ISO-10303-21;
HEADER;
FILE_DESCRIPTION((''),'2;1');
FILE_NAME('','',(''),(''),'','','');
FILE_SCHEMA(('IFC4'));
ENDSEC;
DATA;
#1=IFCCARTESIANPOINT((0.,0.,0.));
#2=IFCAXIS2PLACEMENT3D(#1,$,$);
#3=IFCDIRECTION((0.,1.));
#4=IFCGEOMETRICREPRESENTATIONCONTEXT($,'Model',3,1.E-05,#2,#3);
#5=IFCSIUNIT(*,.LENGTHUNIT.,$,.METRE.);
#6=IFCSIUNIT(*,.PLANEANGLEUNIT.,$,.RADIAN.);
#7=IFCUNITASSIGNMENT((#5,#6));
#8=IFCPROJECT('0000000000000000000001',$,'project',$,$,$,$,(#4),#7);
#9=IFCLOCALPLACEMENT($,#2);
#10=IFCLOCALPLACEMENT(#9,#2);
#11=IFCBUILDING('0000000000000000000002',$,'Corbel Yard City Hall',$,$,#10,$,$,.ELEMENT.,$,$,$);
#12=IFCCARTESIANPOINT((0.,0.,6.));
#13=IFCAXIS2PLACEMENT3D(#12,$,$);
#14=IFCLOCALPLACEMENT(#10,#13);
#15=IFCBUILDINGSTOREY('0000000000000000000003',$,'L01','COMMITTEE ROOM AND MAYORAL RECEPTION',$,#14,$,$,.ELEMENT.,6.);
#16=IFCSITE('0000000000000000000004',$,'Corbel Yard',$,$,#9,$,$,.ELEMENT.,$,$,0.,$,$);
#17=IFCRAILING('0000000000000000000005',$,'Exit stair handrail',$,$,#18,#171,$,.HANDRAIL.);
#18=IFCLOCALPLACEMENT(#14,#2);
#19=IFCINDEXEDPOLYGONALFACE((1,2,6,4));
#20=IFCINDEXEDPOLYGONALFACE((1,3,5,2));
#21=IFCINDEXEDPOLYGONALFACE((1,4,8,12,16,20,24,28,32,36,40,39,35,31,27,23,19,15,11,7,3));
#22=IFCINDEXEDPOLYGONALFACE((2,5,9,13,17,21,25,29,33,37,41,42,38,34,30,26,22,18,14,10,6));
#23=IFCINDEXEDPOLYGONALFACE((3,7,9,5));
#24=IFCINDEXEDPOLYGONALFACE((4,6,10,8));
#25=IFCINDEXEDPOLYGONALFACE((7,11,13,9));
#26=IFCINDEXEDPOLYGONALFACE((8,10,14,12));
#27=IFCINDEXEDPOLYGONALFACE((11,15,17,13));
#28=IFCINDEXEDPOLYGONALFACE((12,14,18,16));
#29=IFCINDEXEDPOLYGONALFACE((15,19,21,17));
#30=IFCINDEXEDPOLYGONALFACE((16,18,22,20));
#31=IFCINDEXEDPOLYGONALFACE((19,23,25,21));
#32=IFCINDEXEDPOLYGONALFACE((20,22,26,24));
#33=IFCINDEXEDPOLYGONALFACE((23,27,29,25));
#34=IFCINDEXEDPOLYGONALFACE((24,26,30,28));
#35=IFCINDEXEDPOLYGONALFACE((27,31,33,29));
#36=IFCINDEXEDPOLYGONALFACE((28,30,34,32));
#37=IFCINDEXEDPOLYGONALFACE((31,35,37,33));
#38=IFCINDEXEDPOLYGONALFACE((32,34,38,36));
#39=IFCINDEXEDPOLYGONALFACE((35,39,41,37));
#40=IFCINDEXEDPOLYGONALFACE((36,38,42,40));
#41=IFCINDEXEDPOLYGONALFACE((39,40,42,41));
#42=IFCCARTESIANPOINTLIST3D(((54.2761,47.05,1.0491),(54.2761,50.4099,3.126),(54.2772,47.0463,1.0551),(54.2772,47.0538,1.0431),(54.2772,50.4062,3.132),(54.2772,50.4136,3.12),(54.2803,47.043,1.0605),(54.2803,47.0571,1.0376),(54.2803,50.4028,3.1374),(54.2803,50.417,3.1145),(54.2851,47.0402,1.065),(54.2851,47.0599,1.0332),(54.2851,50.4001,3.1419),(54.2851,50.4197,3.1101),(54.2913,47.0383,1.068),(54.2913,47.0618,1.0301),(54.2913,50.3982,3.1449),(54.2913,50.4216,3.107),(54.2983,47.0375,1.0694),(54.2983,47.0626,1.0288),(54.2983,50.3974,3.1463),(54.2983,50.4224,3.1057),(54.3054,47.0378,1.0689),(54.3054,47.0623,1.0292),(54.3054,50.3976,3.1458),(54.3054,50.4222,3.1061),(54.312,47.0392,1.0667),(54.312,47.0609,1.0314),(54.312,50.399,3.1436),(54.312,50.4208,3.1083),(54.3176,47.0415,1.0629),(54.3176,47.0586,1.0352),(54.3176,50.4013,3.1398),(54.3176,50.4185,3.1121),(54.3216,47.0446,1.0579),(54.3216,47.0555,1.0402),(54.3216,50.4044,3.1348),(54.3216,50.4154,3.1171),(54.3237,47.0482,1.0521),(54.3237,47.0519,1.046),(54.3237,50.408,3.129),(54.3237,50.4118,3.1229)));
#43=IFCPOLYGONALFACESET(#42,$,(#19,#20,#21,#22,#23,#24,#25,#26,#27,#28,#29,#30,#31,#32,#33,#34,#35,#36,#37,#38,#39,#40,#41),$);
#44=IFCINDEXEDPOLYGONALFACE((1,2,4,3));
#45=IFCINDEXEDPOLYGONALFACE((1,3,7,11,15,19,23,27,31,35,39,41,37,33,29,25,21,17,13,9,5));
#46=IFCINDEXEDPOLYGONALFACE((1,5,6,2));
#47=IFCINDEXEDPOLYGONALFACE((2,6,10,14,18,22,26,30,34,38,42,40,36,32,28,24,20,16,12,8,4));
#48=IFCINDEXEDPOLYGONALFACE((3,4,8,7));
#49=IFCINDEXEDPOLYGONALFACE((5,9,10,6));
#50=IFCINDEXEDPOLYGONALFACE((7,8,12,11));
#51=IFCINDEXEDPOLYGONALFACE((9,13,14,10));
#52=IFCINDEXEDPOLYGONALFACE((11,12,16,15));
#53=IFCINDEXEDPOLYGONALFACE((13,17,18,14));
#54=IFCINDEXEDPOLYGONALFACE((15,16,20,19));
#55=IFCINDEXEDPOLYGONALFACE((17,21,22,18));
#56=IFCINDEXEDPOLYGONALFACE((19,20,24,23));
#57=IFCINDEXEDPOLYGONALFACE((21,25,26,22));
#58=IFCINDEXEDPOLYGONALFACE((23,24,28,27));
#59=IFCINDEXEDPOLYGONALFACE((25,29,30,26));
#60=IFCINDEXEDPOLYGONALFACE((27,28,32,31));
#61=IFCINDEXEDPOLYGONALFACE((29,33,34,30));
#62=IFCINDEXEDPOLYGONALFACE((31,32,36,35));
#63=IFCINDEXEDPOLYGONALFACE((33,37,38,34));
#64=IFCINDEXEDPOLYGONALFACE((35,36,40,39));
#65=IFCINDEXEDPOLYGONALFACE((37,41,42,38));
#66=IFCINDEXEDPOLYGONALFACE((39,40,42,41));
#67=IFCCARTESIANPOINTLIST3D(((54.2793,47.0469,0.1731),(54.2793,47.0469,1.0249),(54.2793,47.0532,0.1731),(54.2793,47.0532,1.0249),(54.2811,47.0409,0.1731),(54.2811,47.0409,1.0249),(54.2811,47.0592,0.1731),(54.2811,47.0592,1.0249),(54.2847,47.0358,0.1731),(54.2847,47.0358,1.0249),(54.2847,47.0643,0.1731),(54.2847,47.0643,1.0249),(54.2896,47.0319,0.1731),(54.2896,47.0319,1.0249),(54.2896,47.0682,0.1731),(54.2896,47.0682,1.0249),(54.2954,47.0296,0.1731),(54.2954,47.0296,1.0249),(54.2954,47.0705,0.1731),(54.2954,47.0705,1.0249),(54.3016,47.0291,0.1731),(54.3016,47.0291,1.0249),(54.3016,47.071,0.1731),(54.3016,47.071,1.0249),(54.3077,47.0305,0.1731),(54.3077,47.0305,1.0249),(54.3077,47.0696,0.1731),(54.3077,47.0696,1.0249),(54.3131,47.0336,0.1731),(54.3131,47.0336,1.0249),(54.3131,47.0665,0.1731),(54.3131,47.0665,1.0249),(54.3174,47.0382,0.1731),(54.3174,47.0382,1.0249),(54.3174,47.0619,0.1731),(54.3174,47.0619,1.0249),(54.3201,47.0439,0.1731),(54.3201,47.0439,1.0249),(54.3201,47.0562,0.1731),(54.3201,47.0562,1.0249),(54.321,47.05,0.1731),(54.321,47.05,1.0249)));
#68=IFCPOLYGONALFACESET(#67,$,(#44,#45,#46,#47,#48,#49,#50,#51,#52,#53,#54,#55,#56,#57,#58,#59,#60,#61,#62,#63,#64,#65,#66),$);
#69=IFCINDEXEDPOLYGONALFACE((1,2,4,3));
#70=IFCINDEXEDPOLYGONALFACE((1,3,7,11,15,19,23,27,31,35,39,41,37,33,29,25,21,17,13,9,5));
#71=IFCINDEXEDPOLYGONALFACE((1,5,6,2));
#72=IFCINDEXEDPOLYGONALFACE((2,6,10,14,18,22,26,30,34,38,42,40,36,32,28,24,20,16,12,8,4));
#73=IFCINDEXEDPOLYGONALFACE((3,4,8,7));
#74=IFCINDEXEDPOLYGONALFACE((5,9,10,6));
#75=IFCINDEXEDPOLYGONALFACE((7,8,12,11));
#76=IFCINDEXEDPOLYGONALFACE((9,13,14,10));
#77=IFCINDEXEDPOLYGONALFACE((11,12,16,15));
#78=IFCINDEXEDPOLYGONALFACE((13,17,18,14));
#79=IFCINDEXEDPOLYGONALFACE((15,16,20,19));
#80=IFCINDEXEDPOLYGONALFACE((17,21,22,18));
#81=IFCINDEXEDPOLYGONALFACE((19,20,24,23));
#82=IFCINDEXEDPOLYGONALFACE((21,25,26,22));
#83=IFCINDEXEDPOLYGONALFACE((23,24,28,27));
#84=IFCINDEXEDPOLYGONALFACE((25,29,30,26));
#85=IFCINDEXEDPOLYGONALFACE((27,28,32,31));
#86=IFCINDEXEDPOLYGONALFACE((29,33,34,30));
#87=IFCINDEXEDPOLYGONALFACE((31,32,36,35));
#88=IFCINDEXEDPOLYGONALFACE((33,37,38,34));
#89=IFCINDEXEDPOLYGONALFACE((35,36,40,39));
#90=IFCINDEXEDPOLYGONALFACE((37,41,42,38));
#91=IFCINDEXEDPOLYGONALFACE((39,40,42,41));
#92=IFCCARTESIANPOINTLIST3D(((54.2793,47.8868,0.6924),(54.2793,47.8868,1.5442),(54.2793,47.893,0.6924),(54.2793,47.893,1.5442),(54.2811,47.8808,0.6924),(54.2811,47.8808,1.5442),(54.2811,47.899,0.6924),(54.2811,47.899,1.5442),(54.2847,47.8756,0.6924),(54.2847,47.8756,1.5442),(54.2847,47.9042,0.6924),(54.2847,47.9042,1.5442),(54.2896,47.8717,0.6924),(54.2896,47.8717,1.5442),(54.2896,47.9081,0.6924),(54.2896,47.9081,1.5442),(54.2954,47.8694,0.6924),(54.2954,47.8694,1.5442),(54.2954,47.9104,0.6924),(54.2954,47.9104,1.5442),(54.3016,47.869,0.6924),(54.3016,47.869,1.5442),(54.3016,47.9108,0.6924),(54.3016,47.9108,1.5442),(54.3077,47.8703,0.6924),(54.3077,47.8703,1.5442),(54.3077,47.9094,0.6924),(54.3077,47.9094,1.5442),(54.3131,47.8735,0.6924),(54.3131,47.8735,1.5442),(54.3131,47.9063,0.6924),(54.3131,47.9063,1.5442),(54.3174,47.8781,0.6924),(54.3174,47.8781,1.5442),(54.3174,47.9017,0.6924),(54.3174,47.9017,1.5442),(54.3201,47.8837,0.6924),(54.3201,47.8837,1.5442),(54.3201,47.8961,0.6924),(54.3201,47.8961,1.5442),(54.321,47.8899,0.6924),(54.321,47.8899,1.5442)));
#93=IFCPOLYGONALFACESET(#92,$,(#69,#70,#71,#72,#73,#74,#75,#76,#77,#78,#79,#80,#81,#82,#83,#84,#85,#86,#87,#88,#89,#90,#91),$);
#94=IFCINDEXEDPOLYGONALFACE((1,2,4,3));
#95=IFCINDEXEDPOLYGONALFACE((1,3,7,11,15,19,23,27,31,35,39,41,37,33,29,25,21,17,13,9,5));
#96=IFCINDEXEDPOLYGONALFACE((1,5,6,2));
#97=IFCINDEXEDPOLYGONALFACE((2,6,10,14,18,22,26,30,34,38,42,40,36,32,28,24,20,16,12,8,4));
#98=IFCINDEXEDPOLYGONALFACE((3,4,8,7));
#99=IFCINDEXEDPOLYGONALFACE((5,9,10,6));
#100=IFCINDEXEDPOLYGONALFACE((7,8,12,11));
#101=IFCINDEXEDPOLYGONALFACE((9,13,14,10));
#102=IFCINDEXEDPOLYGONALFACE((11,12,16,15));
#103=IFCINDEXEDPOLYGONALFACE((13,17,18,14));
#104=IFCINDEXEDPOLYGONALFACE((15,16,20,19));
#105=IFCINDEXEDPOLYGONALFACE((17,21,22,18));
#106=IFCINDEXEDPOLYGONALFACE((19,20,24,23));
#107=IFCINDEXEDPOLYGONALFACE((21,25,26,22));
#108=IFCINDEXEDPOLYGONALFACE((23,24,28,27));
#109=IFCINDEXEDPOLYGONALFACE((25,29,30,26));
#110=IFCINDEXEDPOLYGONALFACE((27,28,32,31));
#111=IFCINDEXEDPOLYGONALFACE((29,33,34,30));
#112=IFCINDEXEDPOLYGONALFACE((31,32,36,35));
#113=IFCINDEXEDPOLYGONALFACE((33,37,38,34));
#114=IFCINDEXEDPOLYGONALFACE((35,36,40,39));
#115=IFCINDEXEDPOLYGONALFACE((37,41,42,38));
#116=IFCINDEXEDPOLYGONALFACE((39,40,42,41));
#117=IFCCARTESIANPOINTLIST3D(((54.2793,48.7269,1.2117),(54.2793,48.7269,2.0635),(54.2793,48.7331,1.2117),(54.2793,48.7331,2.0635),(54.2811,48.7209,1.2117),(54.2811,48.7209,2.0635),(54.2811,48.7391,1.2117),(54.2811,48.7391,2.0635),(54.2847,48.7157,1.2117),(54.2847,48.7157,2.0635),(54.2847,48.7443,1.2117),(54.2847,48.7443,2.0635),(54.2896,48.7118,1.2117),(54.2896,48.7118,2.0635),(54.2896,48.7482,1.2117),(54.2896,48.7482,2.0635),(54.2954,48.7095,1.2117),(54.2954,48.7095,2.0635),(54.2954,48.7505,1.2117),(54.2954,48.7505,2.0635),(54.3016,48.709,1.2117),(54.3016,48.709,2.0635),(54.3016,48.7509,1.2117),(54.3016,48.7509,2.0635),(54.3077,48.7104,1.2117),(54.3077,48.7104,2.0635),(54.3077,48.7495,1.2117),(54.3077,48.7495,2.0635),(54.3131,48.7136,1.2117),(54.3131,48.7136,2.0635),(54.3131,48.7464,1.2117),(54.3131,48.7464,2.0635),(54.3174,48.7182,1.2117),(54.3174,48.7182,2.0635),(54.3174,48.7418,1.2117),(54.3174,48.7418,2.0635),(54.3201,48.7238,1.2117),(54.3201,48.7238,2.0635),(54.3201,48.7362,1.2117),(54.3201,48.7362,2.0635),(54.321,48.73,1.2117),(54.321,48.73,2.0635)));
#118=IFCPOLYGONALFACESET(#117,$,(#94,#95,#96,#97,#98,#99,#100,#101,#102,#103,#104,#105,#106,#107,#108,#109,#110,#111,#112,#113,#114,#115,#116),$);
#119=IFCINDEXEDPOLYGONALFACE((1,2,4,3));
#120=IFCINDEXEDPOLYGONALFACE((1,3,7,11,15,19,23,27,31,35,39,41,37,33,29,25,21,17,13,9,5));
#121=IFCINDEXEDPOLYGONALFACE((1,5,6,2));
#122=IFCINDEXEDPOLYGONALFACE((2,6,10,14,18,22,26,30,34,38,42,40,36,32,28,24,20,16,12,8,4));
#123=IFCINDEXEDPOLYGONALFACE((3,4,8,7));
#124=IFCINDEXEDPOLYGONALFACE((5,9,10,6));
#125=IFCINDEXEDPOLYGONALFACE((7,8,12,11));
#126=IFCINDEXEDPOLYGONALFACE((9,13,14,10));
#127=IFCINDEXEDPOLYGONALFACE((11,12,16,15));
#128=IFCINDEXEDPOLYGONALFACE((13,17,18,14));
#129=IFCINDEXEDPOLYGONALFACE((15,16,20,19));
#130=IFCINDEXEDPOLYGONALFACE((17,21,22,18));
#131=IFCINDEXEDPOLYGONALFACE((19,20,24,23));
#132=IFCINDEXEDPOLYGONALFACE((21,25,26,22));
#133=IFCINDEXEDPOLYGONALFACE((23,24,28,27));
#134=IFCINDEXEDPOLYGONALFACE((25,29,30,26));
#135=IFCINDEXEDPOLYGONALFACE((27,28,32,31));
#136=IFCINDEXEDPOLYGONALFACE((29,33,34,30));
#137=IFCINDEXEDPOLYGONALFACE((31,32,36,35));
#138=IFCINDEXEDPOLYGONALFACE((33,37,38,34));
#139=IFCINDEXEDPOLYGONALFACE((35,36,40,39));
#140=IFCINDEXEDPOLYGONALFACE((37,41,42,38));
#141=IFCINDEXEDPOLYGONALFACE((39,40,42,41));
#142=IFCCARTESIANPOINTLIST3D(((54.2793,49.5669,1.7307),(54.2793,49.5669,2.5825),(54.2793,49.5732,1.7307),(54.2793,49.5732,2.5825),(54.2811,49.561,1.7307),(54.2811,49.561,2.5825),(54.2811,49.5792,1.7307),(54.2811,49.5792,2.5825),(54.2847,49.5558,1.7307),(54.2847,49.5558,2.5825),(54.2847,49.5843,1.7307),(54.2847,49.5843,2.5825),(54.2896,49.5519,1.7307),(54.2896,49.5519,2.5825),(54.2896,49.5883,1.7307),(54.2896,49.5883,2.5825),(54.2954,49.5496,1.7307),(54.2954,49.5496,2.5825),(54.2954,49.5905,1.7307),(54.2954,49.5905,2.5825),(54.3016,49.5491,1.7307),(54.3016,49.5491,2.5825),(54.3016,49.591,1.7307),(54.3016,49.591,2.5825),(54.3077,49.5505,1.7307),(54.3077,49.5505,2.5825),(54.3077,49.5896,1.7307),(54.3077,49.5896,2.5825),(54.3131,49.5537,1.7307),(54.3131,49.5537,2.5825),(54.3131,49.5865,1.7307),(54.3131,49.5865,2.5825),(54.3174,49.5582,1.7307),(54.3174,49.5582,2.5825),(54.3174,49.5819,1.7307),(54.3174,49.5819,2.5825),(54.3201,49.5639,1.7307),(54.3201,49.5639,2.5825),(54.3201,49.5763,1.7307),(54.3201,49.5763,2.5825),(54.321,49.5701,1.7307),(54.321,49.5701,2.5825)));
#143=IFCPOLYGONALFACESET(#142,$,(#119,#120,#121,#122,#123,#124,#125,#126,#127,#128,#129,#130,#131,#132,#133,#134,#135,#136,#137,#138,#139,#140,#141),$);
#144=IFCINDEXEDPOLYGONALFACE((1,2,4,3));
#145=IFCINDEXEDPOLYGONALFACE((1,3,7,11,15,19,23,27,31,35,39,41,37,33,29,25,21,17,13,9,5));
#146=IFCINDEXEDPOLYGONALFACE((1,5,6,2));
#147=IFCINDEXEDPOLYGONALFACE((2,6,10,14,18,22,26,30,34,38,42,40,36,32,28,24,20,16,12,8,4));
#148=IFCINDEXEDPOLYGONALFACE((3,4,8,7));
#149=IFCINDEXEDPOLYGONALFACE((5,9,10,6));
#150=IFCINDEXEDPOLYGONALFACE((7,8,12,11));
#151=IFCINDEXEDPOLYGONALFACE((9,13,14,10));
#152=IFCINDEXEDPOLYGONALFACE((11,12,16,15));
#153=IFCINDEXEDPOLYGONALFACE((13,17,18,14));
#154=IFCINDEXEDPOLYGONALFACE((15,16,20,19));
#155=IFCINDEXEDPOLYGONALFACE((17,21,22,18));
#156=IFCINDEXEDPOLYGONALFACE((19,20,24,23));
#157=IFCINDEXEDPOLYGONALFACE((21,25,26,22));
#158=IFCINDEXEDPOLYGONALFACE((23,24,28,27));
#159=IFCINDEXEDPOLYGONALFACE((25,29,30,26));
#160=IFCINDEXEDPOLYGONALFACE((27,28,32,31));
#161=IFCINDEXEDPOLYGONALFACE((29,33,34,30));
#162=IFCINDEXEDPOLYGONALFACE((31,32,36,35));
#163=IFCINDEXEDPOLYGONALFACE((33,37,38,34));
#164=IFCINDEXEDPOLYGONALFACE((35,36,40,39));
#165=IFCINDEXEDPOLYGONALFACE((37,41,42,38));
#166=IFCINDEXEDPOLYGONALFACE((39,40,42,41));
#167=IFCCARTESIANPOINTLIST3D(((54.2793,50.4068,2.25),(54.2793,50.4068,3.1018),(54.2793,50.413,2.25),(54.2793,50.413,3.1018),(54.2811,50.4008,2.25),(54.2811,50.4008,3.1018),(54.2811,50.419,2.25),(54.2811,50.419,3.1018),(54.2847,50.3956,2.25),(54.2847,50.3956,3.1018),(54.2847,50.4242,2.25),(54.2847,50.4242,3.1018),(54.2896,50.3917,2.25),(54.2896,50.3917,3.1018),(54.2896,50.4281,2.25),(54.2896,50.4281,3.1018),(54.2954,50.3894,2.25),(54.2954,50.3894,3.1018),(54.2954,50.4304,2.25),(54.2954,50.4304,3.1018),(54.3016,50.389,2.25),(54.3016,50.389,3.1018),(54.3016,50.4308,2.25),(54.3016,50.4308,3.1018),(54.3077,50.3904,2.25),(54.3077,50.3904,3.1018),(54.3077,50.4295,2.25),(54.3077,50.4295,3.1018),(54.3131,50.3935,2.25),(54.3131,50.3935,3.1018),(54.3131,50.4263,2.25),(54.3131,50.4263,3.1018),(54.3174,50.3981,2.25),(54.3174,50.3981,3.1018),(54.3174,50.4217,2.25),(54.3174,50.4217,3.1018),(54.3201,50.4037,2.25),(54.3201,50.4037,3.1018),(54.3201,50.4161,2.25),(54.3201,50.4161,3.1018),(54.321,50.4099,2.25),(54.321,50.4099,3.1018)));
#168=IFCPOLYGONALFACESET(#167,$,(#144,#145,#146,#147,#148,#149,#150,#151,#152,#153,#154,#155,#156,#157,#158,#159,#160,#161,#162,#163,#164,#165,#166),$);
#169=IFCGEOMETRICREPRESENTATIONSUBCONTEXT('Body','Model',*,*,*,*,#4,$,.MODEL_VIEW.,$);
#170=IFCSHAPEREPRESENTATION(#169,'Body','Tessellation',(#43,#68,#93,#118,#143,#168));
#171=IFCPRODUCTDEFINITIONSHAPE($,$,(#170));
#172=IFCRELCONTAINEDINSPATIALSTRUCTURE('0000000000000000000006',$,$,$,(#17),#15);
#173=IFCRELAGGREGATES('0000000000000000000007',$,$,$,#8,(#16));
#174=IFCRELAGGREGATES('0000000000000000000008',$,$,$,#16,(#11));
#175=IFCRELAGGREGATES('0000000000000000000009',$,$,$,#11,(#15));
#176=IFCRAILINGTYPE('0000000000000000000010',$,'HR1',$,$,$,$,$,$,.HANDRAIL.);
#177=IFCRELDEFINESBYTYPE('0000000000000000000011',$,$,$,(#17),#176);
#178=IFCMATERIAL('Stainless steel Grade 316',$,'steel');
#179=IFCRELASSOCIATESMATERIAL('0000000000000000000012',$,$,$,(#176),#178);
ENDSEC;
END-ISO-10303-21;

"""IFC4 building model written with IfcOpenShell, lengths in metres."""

from ifc_helpers import new_model, si_unit, direction, frame, origin, origin_2d, place, context, subcontext, project, spatial, circle, extrude, material, type_object, element, save


model = new_model("IFC4")

# Units and contexts
model_context = context("Model", 3, precision=1e-05, world=origin(), true_north=direction((0.0, 1.0)))
body_context = subcontext(model_context, "Body", "Model", "MODEL_VIEW")
ifc_project = project(units=[si_unit("LENGTHUNIT", "METRE"), si_unit("PLANEANGLEUNIT", "RADIAN")], contexts=[model_context])

# Site, building, storey
site_placement = place(None, origin())
site = spatial("IfcSite", under=ifc_project, at=site_placement, Name="Corbel Yard", CompositionType="ELEMENT", RefElevation=0.0)
building_placement = place(site_placement, origin())
building = spatial("IfcBuilding", under=site, at=building_placement, Name="Corbel Yard City Hall", CompositionType="ELEMENT")
storey_placement = place(building_placement, frame((0.0, 0.0, 6.0)))
storey = spatial("IfcBuildingStorey", under=building, at=storey_placement, Name="L01", Description="COMMITTEE ROOM AND MAYORAL RECEPTION", CompositionType="ELEMENT", Elevation=6.0)

# Railing
ifc_material_1 = material(Name="Stainless steel Grade 316", Category="steel")
railing_type_1 = type_object("IfcRailingType", Name="HR1", PredefinedType="HANDRAIL", material=ifc_material_1)
for number, where, name in (
    (1, (54.3, 47.05, 0.1731), "Exit stair handrail"),
):
    element("IfcRailing", number, at=place(storey_placement, frame(where)), inside=storey, type_object=railing_type_1, Name=name, PredefinedType="HANDRAIL", context=body_context, shape_type="SweptSolid", body=[
        extrude(circle(Radius=0.0239, at=origin_2d()), frame((0.0, 0.0, 0.876), z_axis=(0.0, 0.850606, 0.525803), x_axis=(-1.0, 0.0, 0.0)), (0.0, 0.0, 1.0), 3.95),
        extrude(circle(Radius=0.021, at=origin_2d()), origin(), (0.0, 0.0, 1.0), 0.8518),
        extrude(circle(Radius=0.021, at=origin_2d()), frame((0.0, 0.8398, 0.5193)), (0.0, 0.0, 1.0), 0.8518),
        extrude(circle(Radius=0.021, at=origin_2d()), frame((0.0, 1.6799, 1.0386)), (0.0, 0.0, 1.0), 0.8518),
        extrude(circle(Radius=0.021, at=origin_2d()), frame((0.0, 2.52, 1.5576)), (0.0, 0.0, 1.0), 0.8518),
        extrude(circle(Radius=0.021, at=origin_2d()), frame((0.0, 3.3599, 2.0769)), (0.0, 0.0, 1.0), 0.8518),
    ])

save(model, "model.ifc")
